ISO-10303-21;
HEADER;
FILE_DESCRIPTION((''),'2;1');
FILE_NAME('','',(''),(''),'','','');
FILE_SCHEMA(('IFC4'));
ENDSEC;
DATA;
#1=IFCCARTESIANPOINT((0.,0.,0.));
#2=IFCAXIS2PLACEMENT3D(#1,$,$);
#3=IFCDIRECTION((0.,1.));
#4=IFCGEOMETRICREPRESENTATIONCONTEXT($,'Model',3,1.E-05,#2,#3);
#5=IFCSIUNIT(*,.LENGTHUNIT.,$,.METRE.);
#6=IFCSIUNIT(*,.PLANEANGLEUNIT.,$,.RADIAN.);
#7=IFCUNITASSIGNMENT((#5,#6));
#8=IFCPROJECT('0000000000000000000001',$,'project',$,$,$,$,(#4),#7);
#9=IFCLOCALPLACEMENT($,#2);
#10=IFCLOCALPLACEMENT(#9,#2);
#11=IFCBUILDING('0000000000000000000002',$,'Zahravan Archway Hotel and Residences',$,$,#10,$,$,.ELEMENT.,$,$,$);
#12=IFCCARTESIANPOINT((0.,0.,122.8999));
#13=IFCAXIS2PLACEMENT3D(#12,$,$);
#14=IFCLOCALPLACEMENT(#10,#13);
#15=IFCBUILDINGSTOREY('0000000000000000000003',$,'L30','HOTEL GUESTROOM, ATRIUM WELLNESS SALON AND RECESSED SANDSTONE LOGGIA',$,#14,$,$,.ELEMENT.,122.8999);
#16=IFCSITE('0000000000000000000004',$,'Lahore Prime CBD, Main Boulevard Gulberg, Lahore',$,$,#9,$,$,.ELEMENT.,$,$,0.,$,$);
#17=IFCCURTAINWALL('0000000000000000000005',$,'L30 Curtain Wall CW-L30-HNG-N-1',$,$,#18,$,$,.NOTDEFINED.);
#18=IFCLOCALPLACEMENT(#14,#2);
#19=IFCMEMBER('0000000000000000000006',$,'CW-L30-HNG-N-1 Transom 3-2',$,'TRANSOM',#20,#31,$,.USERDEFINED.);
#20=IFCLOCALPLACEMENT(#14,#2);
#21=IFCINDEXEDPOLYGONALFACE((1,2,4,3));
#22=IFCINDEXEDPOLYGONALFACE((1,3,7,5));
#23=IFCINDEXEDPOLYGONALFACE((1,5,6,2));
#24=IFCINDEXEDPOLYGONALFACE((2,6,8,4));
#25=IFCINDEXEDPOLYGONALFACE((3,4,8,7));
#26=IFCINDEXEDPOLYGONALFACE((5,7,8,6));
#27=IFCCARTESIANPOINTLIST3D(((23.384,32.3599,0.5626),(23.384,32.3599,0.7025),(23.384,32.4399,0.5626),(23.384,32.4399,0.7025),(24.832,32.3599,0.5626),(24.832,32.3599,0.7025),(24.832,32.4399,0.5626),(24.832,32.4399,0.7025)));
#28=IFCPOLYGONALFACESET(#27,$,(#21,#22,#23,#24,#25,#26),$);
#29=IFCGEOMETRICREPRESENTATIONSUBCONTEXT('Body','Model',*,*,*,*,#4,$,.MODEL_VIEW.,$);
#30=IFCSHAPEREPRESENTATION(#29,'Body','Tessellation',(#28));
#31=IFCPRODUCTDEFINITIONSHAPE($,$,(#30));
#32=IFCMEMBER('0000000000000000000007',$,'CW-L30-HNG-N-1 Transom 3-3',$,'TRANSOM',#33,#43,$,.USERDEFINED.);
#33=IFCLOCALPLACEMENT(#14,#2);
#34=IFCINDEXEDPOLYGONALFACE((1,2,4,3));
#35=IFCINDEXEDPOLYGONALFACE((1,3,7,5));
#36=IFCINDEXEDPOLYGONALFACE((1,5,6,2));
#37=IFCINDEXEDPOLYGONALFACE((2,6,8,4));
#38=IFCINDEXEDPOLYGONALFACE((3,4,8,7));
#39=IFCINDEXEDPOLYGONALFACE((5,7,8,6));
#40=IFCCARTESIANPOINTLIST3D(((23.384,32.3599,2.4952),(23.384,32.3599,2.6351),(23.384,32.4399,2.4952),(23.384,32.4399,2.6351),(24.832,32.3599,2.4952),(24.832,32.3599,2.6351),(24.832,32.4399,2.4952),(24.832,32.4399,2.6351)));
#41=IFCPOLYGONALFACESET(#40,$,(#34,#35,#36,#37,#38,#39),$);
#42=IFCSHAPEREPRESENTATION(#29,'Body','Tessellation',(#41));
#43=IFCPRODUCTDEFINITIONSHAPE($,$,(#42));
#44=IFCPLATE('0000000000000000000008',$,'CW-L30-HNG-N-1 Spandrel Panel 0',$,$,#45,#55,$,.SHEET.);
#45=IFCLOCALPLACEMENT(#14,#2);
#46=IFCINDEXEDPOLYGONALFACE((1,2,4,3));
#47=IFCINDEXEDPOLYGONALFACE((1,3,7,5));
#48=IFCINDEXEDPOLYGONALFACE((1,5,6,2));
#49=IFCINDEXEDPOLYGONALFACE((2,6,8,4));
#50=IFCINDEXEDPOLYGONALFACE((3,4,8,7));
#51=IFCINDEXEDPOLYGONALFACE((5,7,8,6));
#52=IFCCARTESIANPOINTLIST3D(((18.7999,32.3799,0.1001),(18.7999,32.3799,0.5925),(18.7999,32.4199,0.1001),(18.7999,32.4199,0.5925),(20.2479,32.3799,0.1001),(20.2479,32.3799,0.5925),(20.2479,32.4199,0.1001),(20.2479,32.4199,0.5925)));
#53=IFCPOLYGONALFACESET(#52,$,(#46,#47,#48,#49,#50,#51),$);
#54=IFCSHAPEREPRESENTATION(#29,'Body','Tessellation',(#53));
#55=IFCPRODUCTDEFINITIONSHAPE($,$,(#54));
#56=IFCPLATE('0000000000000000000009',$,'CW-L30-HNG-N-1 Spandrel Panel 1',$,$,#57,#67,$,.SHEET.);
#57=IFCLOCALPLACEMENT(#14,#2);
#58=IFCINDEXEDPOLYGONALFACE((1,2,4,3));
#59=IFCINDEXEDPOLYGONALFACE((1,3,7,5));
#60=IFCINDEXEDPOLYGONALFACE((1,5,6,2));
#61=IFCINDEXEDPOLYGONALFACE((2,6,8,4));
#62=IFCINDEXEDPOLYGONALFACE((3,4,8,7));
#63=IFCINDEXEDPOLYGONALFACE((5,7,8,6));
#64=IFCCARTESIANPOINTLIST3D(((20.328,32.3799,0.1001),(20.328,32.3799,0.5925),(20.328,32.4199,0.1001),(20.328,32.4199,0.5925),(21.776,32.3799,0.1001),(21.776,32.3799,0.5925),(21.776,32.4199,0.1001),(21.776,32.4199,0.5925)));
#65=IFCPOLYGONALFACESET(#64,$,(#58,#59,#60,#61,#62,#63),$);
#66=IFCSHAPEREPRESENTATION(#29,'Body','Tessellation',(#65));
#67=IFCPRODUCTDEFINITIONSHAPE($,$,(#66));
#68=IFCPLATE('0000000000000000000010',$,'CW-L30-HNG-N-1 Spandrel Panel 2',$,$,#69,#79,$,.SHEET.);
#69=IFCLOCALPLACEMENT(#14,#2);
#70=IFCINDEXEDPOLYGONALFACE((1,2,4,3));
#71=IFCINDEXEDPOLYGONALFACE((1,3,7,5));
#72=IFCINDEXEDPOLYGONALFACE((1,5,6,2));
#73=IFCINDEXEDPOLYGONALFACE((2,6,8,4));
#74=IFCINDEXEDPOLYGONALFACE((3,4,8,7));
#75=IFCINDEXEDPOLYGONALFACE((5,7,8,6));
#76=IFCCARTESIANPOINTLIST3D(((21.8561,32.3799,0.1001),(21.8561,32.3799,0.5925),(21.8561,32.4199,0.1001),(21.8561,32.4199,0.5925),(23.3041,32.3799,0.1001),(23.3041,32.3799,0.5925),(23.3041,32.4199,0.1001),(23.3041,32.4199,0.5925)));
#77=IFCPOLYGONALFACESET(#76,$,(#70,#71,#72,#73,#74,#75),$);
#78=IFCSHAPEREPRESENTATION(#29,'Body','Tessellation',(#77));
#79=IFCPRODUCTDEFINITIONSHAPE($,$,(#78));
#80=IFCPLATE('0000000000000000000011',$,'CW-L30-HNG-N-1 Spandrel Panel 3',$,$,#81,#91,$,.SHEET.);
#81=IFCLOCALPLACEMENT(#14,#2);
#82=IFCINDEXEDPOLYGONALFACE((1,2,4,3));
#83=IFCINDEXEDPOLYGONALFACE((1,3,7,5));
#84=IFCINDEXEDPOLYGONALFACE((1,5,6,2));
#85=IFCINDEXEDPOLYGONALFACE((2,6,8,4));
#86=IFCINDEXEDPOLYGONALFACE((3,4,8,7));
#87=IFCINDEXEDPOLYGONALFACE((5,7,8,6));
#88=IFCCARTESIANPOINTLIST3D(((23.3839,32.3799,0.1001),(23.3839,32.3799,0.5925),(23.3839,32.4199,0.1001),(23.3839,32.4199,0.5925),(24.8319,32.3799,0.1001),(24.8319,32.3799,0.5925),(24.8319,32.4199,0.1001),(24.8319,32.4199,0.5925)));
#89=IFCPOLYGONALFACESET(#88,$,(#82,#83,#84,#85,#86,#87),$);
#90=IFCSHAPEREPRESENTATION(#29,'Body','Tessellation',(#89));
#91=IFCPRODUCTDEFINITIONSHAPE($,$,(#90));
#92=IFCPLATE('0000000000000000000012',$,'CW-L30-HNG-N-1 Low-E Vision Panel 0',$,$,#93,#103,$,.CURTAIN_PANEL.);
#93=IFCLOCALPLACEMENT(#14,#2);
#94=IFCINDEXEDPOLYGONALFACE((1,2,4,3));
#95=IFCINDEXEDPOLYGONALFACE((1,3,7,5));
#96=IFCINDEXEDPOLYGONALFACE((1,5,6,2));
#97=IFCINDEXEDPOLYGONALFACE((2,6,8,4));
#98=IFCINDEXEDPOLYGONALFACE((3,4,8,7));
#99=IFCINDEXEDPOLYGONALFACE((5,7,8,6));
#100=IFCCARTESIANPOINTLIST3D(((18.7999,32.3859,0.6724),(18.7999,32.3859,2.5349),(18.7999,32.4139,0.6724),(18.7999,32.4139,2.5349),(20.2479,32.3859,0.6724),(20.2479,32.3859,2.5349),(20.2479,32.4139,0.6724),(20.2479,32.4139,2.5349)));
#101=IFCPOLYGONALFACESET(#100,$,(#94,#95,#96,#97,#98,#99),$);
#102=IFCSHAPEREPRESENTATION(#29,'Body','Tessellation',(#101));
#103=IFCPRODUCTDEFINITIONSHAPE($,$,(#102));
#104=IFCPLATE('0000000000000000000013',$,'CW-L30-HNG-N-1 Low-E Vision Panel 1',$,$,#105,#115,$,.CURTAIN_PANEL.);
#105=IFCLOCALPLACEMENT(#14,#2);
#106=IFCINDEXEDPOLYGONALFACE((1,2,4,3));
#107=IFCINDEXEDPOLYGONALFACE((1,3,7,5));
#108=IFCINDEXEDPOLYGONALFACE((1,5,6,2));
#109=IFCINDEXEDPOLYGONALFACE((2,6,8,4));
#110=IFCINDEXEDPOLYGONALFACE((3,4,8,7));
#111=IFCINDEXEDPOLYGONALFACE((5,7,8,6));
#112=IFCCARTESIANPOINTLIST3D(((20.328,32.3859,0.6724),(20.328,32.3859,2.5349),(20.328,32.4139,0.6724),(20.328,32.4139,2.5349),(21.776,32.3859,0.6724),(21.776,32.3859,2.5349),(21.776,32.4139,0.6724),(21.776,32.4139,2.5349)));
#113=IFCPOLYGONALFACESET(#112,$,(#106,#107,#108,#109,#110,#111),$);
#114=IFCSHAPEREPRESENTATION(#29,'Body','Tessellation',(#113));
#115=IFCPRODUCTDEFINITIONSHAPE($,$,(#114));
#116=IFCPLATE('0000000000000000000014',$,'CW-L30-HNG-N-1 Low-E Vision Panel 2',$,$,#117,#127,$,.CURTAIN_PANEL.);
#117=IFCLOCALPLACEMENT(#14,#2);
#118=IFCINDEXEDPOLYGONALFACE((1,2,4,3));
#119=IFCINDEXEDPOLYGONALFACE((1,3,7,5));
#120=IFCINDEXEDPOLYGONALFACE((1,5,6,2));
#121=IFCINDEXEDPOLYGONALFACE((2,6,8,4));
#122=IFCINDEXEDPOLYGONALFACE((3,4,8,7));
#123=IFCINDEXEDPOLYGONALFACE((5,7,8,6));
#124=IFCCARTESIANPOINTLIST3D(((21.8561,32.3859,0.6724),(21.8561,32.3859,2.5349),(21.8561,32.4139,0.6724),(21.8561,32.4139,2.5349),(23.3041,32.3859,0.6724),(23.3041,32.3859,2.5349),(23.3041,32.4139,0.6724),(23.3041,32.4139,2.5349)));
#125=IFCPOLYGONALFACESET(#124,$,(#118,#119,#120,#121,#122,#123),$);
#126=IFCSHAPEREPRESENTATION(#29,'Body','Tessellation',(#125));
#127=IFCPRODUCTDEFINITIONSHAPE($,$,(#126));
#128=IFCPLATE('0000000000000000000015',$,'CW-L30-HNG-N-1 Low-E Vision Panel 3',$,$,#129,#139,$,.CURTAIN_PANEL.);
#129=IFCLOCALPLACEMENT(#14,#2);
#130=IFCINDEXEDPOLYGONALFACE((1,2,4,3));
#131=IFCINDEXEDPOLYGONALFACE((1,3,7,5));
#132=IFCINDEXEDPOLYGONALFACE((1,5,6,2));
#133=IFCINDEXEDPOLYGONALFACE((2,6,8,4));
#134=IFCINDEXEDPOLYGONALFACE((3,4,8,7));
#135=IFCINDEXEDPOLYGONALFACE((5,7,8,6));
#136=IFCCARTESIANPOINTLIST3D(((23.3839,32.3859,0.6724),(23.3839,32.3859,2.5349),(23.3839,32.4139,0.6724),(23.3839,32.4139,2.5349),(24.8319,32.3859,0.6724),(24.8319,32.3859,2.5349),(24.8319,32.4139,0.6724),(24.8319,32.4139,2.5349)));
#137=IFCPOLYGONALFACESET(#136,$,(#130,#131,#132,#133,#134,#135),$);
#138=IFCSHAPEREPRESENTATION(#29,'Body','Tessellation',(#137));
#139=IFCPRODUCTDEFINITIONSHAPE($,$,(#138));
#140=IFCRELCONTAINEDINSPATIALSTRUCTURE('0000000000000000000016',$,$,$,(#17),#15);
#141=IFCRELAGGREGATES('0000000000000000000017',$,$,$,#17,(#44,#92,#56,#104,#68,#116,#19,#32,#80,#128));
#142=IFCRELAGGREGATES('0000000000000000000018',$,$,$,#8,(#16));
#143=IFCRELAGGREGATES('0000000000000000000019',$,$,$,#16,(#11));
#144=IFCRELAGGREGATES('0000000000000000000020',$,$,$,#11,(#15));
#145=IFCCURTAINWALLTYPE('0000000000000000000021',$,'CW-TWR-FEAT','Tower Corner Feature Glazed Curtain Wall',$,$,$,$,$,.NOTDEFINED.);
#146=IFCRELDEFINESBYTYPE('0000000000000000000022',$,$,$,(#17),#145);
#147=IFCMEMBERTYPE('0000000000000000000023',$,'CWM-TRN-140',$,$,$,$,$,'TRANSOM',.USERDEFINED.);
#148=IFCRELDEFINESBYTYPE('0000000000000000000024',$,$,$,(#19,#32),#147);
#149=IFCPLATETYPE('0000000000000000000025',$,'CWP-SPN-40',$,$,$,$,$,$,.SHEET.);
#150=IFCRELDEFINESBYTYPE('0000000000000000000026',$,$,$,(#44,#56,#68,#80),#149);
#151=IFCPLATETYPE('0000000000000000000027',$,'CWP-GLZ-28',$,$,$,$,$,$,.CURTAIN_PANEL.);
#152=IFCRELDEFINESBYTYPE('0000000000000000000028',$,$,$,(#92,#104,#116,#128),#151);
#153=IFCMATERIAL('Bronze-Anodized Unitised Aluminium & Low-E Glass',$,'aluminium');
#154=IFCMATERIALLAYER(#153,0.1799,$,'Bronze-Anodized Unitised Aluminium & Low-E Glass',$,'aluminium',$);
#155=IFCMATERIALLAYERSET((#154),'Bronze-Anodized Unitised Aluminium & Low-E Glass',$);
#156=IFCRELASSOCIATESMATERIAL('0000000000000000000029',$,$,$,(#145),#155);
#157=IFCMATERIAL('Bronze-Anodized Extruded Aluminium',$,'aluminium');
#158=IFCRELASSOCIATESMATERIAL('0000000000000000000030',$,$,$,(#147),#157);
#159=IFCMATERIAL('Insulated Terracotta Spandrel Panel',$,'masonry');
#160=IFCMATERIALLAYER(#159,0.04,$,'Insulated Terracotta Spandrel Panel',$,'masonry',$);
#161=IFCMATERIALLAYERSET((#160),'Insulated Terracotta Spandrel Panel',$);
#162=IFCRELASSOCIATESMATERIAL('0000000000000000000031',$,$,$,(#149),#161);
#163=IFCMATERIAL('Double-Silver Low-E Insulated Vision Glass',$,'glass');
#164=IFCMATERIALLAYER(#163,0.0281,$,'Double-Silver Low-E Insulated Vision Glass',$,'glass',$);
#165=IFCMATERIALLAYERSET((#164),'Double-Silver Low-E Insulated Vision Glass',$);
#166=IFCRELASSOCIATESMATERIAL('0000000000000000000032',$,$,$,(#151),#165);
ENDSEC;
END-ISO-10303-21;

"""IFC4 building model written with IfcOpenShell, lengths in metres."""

from ifc_helpers import new_model, si_unit, direction, frame, origin, origin_2d, place, context, subcontext, project, spatial, rectangle, extrude, source, transform, mapped, material, layer, layer_set, material_profile, profile_set, type_object, element, aggregate, save


model = new_model("IFC4")

# Units and contexts
model_context = context("Model", 3, precision=1e-05, world=origin(), true_north=direction((0.0, 1.0)))
body_context = subcontext(model_context, "Body", "Model", "MODEL_VIEW")
ifc_project = project(units=[si_unit("LENGTHUNIT", "METRE"), si_unit("PLANEANGLEUNIT", "RADIAN")], contexts=[model_context])

# Site, building, storey
site_placement = place(None, origin())
site = spatial("IfcSite", under=ifc_project, at=site_placement, Name="Lahore Prime CBD, Main Boulevard Gulberg, Lahore", CompositionType="ELEMENT", RefElevation=0.0)
building_placement = place(site_placement, origin())
building = spatial("IfcBuilding", under=site, at=building_placement, Name="Zahravan Archway Hotel and Residences", CompositionType="ELEMENT")
storey_placement = place(building_placement, frame((0.0, 0.0, 122.8999)))
storey = spatial("IfcBuildingStorey", under=building, at=storey_placement, Name="L30", Description="HOTEL GUESTROOM, ATRIUM WELLNESS SALON AND RECESSED SANDSTONE LOGGIA", CompositionType="ELEMENT", Elevation=122.8999)

# Curtain wall, members, plates
ifc_material_1 = material(Name="Bronze-Anodized Unitised Aluminium & Low-E Glass", Category="aluminium")
ifc_layer_1 = layer(ifc_material_1, 0.1799, Name="Bronze-Anodized Unitised Aluminium & Low-E Glass", Category="aluminium")
ifc_layer_set_1 = layer_set([ifc_layer_1], Name="Bronze-Anodized Unitised Aluminium & Low-E Glass")
curtain_wall_type = type_object("IfcCurtainWallType", Name="CW-TWR-FEAT", Description="Tower Corner Feature Glazed Curtain Wall", PredefinedType="NOTDEFINED", material=ifc_layer_set_1)
curtain_wall_placement = place(storey_placement, origin())
curtain_wall = element("IfcCurtainWall", 1, at=curtain_wall_placement, inside=storey, type_object=curtain_wall_type, Name="L30 Curtain Wall CW-L30-HNG-N-1", PredefinedType="NOTDEFINED")
ifc_material_2 = material(Name="Bronze-Anodized Extruded Aluminium", Category="aluminium")
ifc_material_profile_1 = material_profile(ifc_material_2, rectangle(XDim=0.0801, YDim=0.1399, at=origin_2d()), Name="TRN 80x140", Category="aluminium")
ifc_profile_set_1 = profile_set([ifc_material_profile_1], Name="Bronze-Anodized Extruded Aluminium")
member_type_1 = type_object("IfcMemberType", Name="CWM-TRN-140", ElementType="TRANSOM", PredefinedType="USERDEFINED", material=ifc_profile_set_1)
shared_shape_1 = source(origin(), body_context, "Body", "SweptSolid", [
    extrude(rectangle(XDim=0.0801, YDim=0.1399, at=origin_2d()), origin(), (0.0, 0.0, 1.0), 1.448),
])
member_1_placement = place(storey_placement, frame((23.384, 32.3999, 0.6326), z_axis=(1.0, 0.0, 0.0), x_axis=(0.0, 1.0, 0.0)))
member_1 = element("IfcMember", 2, at=member_1_placement, type_object=member_type_1, Name="CW-L30-HNG-N-1 Transom 3-2", ObjectType="TRANSOM", PredefinedType="USERDEFINED", context=body_context, shape_type="MappedRepresentation", body=[
    mapped(shared_shape_1, transform((0.0, 0.0, 0.0), scale=1.0)),
])
member_2_placement = place(storey_placement, frame((23.384, 32.3999, 2.5652), z_axis=(1.0, 0.0, 0.0), x_axis=(0.0, 1.0, 0.0)))
member_2 = element("IfcMember", 3, at=member_2_placement, type_object=member_type_1, Name="CW-L30-HNG-N-1 Transom 3-3", ObjectType="TRANSOM", PredefinedType="USERDEFINED", context=body_context, shape_type="MappedRepresentation", body=[
    mapped(shared_shape_1, transform((0.0, 0.0, 0.0), scale=1.0)),
])
ifc_material_3 = material(Name="Insulated Terracotta Spandrel Panel", Category="masonry")
ifc_layer_2 = layer(ifc_material_3, 0.04, Name="Insulated Terracotta Spandrel Panel", Category="masonry")
ifc_layer_set_2 = layer_set([ifc_layer_2], Name="Insulated Terracotta Spandrel Panel")
plate_type_1 = type_object("IfcPlateType", Name="CWP-SPN-40", PredefinedType="SHEET", material=ifc_layer_set_2)
shared_shape_2 = source(origin(), body_context, "Body", "SweptSolid", [
    extrude(rectangle(XDim=1.448, YDim=0.04, at=origin_2d()), origin(), (0.0, 0.0, 1.0), 0.4924),
])
plate_1_placement = place(storey_placement, frame((19.5239, 32.3999, 0.1001), z_axis=(0.0, 0.0, 1.0), x_axis=(1.0, 0.0, 0.0)))
plate_1 = element("IfcPlate", 4, at=plate_1_placement, type_object=plate_type_1, Name="CW-L30-HNG-N-1 Spandrel Panel 0", PredefinedType="SHEET", context=body_context, shape_type="MappedRepresentation", body=[
    mapped(shared_shape_2, transform((0.0, 0.0, 0.0), scale=1.0)),
])
plate_2_placement = place(storey_placement, frame((21.052, 32.3999, 0.1001), z_axis=(0.0, 0.0, 1.0), x_axis=(1.0, 0.0, 0.0)))
plate_2 = element("IfcPlate", 5, at=plate_2_placement, type_object=plate_type_1, Name="CW-L30-HNG-N-1 Spandrel Panel 1", PredefinedType="SHEET", context=body_context, shape_type="MappedRepresentation", body=[
    mapped(shared_shape_2, transform((0.0, 0.0, 0.0), scale=1.0)),
])
plate_3_placement = place(storey_placement, frame((22.5801, 32.3999, 0.1001), z_axis=(0.0, 0.0, 1.0), x_axis=(1.0, 0.0, 0.0)))
plate_3 = element("IfcPlate", 6, at=plate_3_placement, type_object=plate_type_1, Name="CW-L30-HNG-N-1 Spandrel Panel 2", PredefinedType="SHEET", context=body_context, shape_type="MappedRepresentation", body=[
    mapped(shared_shape_2, transform((0.0, 0.0, 0.0), scale=1.0)),
])
plate_4_placement = place(storey_placement, frame((24.1079, 32.3999, 0.1001), z_axis=(0.0, 0.0, 1.0), x_axis=(1.0, 0.0, 0.0)))
plate_4 = element("IfcPlate", 7, at=plate_4_placement, type_object=plate_type_1, Name="CW-L30-HNG-N-1 Spandrel Panel 3", PredefinedType="SHEET", context=body_context, shape_type="MappedRepresentation", body=[
    mapped(shared_shape_2, transform((0.0, 0.0, 0.0), scale=1.0)),
])
ifc_material_4 = material(Name="Double-Silver Low-E Insulated Vision Glass", Category="glass")
ifc_layer_3 = layer(ifc_material_4, 0.0281, Name="Double-Silver Low-E Insulated Vision Glass", Category="glass")
ifc_layer_set_3 = layer_set([ifc_layer_3], Name="Double-Silver Low-E Insulated Vision Glass")
plate_type_2 = type_object("IfcPlateType", Name="CWP-GLZ-28", PredefinedType="CURTAIN_PANEL", material=ifc_layer_set_3)
shared_shape_3 = source(origin(), body_context, "Body", "SweptSolid", [
    extrude(rectangle(XDim=1.448, YDim=0.0281, at=origin_2d()), origin(), (0.0, 0.0, 1.0), 1.8625),
])
plate_5_placement = place(storey_placement, frame((19.5239, 32.3999, 0.6724), z_axis=(0.0, 0.0, 1.0), x_axis=(1.0, 0.0, 0.0)))
plate_5 = element("IfcPlate", 8, at=plate_5_placement, type_object=plate_type_2, Name="CW-L30-HNG-N-1 Low-E Vision Panel 0", PredefinedType="CURTAIN_PANEL", context=body_context, shape_type="MappedRepresentation", body=[
    mapped(shared_shape_3, transform((0.0, 0.0, 0.0), scale=1.0)),
])
plate_6_placement = place(storey_placement, frame((21.052, 32.3999, 0.6724), z_axis=(0.0, 0.0, 1.0), x_axis=(1.0, 0.0, 0.0)))
plate_6 = element("IfcPlate", 9, at=plate_6_placement, type_object=plate_type_2, Name="CW-L30-HNG-N-1 Low-E Vision Panel 1", PredefinedType="CURTAIN_PANEL", context=body_context, shape_type="MappedRepresentation", body=[
    mapped(shared_shape_3, transform((0.0, 0.0, 0.0), scale=1.0)),
])
plate_7_placement = place(storey_placement, frame((22.5801, 32.3999, 0.6724), z_axis=(0.0, 0.0, 1.0), x_axis=(1.0, 0.0, 0.0)))
plate_7 = element("IfcPlate", 10, at=plate_7_placement, type_object=plate_type_2, Name="CW-L30-HNG-N-1 Low-E Vision Panel 2", PredefinedType="CURTAIN_PANEL", context=body_context, shape_type="MappedRepresentation", body=[
    mapped(shared_shape_3, transform((0.0, 0.0, 0.0), scale=1.0)),
])
plate_8_placement = place(storey_placement, frame((24.1079, 32.3999, 0.6724), z_axis=(0.0, 0.0, 1.0), x_axis=(1.0, 0.0, 0.0)))
plate_8 = element("IfcPlate", 11, at=plate_8_placement, type_object=plate_type_2, Name="CW-L30-HNG-N-1 Low-E Vision Panel 3", PredefinedType="CURTAIN_PANEL", context=body_context, shape_type="MappedRepresentation", body=[
    mapped(shared_shape_3, transform((0.0, 0.0, 0.0), scale=1.0)),
])
aggregate(curtain_wall, [plate_1, plate_5, plate_2, plate_6, plate_3, plate_7, member_1, member_2, plate_4, plate_8])

save(model, "model.ifc")
